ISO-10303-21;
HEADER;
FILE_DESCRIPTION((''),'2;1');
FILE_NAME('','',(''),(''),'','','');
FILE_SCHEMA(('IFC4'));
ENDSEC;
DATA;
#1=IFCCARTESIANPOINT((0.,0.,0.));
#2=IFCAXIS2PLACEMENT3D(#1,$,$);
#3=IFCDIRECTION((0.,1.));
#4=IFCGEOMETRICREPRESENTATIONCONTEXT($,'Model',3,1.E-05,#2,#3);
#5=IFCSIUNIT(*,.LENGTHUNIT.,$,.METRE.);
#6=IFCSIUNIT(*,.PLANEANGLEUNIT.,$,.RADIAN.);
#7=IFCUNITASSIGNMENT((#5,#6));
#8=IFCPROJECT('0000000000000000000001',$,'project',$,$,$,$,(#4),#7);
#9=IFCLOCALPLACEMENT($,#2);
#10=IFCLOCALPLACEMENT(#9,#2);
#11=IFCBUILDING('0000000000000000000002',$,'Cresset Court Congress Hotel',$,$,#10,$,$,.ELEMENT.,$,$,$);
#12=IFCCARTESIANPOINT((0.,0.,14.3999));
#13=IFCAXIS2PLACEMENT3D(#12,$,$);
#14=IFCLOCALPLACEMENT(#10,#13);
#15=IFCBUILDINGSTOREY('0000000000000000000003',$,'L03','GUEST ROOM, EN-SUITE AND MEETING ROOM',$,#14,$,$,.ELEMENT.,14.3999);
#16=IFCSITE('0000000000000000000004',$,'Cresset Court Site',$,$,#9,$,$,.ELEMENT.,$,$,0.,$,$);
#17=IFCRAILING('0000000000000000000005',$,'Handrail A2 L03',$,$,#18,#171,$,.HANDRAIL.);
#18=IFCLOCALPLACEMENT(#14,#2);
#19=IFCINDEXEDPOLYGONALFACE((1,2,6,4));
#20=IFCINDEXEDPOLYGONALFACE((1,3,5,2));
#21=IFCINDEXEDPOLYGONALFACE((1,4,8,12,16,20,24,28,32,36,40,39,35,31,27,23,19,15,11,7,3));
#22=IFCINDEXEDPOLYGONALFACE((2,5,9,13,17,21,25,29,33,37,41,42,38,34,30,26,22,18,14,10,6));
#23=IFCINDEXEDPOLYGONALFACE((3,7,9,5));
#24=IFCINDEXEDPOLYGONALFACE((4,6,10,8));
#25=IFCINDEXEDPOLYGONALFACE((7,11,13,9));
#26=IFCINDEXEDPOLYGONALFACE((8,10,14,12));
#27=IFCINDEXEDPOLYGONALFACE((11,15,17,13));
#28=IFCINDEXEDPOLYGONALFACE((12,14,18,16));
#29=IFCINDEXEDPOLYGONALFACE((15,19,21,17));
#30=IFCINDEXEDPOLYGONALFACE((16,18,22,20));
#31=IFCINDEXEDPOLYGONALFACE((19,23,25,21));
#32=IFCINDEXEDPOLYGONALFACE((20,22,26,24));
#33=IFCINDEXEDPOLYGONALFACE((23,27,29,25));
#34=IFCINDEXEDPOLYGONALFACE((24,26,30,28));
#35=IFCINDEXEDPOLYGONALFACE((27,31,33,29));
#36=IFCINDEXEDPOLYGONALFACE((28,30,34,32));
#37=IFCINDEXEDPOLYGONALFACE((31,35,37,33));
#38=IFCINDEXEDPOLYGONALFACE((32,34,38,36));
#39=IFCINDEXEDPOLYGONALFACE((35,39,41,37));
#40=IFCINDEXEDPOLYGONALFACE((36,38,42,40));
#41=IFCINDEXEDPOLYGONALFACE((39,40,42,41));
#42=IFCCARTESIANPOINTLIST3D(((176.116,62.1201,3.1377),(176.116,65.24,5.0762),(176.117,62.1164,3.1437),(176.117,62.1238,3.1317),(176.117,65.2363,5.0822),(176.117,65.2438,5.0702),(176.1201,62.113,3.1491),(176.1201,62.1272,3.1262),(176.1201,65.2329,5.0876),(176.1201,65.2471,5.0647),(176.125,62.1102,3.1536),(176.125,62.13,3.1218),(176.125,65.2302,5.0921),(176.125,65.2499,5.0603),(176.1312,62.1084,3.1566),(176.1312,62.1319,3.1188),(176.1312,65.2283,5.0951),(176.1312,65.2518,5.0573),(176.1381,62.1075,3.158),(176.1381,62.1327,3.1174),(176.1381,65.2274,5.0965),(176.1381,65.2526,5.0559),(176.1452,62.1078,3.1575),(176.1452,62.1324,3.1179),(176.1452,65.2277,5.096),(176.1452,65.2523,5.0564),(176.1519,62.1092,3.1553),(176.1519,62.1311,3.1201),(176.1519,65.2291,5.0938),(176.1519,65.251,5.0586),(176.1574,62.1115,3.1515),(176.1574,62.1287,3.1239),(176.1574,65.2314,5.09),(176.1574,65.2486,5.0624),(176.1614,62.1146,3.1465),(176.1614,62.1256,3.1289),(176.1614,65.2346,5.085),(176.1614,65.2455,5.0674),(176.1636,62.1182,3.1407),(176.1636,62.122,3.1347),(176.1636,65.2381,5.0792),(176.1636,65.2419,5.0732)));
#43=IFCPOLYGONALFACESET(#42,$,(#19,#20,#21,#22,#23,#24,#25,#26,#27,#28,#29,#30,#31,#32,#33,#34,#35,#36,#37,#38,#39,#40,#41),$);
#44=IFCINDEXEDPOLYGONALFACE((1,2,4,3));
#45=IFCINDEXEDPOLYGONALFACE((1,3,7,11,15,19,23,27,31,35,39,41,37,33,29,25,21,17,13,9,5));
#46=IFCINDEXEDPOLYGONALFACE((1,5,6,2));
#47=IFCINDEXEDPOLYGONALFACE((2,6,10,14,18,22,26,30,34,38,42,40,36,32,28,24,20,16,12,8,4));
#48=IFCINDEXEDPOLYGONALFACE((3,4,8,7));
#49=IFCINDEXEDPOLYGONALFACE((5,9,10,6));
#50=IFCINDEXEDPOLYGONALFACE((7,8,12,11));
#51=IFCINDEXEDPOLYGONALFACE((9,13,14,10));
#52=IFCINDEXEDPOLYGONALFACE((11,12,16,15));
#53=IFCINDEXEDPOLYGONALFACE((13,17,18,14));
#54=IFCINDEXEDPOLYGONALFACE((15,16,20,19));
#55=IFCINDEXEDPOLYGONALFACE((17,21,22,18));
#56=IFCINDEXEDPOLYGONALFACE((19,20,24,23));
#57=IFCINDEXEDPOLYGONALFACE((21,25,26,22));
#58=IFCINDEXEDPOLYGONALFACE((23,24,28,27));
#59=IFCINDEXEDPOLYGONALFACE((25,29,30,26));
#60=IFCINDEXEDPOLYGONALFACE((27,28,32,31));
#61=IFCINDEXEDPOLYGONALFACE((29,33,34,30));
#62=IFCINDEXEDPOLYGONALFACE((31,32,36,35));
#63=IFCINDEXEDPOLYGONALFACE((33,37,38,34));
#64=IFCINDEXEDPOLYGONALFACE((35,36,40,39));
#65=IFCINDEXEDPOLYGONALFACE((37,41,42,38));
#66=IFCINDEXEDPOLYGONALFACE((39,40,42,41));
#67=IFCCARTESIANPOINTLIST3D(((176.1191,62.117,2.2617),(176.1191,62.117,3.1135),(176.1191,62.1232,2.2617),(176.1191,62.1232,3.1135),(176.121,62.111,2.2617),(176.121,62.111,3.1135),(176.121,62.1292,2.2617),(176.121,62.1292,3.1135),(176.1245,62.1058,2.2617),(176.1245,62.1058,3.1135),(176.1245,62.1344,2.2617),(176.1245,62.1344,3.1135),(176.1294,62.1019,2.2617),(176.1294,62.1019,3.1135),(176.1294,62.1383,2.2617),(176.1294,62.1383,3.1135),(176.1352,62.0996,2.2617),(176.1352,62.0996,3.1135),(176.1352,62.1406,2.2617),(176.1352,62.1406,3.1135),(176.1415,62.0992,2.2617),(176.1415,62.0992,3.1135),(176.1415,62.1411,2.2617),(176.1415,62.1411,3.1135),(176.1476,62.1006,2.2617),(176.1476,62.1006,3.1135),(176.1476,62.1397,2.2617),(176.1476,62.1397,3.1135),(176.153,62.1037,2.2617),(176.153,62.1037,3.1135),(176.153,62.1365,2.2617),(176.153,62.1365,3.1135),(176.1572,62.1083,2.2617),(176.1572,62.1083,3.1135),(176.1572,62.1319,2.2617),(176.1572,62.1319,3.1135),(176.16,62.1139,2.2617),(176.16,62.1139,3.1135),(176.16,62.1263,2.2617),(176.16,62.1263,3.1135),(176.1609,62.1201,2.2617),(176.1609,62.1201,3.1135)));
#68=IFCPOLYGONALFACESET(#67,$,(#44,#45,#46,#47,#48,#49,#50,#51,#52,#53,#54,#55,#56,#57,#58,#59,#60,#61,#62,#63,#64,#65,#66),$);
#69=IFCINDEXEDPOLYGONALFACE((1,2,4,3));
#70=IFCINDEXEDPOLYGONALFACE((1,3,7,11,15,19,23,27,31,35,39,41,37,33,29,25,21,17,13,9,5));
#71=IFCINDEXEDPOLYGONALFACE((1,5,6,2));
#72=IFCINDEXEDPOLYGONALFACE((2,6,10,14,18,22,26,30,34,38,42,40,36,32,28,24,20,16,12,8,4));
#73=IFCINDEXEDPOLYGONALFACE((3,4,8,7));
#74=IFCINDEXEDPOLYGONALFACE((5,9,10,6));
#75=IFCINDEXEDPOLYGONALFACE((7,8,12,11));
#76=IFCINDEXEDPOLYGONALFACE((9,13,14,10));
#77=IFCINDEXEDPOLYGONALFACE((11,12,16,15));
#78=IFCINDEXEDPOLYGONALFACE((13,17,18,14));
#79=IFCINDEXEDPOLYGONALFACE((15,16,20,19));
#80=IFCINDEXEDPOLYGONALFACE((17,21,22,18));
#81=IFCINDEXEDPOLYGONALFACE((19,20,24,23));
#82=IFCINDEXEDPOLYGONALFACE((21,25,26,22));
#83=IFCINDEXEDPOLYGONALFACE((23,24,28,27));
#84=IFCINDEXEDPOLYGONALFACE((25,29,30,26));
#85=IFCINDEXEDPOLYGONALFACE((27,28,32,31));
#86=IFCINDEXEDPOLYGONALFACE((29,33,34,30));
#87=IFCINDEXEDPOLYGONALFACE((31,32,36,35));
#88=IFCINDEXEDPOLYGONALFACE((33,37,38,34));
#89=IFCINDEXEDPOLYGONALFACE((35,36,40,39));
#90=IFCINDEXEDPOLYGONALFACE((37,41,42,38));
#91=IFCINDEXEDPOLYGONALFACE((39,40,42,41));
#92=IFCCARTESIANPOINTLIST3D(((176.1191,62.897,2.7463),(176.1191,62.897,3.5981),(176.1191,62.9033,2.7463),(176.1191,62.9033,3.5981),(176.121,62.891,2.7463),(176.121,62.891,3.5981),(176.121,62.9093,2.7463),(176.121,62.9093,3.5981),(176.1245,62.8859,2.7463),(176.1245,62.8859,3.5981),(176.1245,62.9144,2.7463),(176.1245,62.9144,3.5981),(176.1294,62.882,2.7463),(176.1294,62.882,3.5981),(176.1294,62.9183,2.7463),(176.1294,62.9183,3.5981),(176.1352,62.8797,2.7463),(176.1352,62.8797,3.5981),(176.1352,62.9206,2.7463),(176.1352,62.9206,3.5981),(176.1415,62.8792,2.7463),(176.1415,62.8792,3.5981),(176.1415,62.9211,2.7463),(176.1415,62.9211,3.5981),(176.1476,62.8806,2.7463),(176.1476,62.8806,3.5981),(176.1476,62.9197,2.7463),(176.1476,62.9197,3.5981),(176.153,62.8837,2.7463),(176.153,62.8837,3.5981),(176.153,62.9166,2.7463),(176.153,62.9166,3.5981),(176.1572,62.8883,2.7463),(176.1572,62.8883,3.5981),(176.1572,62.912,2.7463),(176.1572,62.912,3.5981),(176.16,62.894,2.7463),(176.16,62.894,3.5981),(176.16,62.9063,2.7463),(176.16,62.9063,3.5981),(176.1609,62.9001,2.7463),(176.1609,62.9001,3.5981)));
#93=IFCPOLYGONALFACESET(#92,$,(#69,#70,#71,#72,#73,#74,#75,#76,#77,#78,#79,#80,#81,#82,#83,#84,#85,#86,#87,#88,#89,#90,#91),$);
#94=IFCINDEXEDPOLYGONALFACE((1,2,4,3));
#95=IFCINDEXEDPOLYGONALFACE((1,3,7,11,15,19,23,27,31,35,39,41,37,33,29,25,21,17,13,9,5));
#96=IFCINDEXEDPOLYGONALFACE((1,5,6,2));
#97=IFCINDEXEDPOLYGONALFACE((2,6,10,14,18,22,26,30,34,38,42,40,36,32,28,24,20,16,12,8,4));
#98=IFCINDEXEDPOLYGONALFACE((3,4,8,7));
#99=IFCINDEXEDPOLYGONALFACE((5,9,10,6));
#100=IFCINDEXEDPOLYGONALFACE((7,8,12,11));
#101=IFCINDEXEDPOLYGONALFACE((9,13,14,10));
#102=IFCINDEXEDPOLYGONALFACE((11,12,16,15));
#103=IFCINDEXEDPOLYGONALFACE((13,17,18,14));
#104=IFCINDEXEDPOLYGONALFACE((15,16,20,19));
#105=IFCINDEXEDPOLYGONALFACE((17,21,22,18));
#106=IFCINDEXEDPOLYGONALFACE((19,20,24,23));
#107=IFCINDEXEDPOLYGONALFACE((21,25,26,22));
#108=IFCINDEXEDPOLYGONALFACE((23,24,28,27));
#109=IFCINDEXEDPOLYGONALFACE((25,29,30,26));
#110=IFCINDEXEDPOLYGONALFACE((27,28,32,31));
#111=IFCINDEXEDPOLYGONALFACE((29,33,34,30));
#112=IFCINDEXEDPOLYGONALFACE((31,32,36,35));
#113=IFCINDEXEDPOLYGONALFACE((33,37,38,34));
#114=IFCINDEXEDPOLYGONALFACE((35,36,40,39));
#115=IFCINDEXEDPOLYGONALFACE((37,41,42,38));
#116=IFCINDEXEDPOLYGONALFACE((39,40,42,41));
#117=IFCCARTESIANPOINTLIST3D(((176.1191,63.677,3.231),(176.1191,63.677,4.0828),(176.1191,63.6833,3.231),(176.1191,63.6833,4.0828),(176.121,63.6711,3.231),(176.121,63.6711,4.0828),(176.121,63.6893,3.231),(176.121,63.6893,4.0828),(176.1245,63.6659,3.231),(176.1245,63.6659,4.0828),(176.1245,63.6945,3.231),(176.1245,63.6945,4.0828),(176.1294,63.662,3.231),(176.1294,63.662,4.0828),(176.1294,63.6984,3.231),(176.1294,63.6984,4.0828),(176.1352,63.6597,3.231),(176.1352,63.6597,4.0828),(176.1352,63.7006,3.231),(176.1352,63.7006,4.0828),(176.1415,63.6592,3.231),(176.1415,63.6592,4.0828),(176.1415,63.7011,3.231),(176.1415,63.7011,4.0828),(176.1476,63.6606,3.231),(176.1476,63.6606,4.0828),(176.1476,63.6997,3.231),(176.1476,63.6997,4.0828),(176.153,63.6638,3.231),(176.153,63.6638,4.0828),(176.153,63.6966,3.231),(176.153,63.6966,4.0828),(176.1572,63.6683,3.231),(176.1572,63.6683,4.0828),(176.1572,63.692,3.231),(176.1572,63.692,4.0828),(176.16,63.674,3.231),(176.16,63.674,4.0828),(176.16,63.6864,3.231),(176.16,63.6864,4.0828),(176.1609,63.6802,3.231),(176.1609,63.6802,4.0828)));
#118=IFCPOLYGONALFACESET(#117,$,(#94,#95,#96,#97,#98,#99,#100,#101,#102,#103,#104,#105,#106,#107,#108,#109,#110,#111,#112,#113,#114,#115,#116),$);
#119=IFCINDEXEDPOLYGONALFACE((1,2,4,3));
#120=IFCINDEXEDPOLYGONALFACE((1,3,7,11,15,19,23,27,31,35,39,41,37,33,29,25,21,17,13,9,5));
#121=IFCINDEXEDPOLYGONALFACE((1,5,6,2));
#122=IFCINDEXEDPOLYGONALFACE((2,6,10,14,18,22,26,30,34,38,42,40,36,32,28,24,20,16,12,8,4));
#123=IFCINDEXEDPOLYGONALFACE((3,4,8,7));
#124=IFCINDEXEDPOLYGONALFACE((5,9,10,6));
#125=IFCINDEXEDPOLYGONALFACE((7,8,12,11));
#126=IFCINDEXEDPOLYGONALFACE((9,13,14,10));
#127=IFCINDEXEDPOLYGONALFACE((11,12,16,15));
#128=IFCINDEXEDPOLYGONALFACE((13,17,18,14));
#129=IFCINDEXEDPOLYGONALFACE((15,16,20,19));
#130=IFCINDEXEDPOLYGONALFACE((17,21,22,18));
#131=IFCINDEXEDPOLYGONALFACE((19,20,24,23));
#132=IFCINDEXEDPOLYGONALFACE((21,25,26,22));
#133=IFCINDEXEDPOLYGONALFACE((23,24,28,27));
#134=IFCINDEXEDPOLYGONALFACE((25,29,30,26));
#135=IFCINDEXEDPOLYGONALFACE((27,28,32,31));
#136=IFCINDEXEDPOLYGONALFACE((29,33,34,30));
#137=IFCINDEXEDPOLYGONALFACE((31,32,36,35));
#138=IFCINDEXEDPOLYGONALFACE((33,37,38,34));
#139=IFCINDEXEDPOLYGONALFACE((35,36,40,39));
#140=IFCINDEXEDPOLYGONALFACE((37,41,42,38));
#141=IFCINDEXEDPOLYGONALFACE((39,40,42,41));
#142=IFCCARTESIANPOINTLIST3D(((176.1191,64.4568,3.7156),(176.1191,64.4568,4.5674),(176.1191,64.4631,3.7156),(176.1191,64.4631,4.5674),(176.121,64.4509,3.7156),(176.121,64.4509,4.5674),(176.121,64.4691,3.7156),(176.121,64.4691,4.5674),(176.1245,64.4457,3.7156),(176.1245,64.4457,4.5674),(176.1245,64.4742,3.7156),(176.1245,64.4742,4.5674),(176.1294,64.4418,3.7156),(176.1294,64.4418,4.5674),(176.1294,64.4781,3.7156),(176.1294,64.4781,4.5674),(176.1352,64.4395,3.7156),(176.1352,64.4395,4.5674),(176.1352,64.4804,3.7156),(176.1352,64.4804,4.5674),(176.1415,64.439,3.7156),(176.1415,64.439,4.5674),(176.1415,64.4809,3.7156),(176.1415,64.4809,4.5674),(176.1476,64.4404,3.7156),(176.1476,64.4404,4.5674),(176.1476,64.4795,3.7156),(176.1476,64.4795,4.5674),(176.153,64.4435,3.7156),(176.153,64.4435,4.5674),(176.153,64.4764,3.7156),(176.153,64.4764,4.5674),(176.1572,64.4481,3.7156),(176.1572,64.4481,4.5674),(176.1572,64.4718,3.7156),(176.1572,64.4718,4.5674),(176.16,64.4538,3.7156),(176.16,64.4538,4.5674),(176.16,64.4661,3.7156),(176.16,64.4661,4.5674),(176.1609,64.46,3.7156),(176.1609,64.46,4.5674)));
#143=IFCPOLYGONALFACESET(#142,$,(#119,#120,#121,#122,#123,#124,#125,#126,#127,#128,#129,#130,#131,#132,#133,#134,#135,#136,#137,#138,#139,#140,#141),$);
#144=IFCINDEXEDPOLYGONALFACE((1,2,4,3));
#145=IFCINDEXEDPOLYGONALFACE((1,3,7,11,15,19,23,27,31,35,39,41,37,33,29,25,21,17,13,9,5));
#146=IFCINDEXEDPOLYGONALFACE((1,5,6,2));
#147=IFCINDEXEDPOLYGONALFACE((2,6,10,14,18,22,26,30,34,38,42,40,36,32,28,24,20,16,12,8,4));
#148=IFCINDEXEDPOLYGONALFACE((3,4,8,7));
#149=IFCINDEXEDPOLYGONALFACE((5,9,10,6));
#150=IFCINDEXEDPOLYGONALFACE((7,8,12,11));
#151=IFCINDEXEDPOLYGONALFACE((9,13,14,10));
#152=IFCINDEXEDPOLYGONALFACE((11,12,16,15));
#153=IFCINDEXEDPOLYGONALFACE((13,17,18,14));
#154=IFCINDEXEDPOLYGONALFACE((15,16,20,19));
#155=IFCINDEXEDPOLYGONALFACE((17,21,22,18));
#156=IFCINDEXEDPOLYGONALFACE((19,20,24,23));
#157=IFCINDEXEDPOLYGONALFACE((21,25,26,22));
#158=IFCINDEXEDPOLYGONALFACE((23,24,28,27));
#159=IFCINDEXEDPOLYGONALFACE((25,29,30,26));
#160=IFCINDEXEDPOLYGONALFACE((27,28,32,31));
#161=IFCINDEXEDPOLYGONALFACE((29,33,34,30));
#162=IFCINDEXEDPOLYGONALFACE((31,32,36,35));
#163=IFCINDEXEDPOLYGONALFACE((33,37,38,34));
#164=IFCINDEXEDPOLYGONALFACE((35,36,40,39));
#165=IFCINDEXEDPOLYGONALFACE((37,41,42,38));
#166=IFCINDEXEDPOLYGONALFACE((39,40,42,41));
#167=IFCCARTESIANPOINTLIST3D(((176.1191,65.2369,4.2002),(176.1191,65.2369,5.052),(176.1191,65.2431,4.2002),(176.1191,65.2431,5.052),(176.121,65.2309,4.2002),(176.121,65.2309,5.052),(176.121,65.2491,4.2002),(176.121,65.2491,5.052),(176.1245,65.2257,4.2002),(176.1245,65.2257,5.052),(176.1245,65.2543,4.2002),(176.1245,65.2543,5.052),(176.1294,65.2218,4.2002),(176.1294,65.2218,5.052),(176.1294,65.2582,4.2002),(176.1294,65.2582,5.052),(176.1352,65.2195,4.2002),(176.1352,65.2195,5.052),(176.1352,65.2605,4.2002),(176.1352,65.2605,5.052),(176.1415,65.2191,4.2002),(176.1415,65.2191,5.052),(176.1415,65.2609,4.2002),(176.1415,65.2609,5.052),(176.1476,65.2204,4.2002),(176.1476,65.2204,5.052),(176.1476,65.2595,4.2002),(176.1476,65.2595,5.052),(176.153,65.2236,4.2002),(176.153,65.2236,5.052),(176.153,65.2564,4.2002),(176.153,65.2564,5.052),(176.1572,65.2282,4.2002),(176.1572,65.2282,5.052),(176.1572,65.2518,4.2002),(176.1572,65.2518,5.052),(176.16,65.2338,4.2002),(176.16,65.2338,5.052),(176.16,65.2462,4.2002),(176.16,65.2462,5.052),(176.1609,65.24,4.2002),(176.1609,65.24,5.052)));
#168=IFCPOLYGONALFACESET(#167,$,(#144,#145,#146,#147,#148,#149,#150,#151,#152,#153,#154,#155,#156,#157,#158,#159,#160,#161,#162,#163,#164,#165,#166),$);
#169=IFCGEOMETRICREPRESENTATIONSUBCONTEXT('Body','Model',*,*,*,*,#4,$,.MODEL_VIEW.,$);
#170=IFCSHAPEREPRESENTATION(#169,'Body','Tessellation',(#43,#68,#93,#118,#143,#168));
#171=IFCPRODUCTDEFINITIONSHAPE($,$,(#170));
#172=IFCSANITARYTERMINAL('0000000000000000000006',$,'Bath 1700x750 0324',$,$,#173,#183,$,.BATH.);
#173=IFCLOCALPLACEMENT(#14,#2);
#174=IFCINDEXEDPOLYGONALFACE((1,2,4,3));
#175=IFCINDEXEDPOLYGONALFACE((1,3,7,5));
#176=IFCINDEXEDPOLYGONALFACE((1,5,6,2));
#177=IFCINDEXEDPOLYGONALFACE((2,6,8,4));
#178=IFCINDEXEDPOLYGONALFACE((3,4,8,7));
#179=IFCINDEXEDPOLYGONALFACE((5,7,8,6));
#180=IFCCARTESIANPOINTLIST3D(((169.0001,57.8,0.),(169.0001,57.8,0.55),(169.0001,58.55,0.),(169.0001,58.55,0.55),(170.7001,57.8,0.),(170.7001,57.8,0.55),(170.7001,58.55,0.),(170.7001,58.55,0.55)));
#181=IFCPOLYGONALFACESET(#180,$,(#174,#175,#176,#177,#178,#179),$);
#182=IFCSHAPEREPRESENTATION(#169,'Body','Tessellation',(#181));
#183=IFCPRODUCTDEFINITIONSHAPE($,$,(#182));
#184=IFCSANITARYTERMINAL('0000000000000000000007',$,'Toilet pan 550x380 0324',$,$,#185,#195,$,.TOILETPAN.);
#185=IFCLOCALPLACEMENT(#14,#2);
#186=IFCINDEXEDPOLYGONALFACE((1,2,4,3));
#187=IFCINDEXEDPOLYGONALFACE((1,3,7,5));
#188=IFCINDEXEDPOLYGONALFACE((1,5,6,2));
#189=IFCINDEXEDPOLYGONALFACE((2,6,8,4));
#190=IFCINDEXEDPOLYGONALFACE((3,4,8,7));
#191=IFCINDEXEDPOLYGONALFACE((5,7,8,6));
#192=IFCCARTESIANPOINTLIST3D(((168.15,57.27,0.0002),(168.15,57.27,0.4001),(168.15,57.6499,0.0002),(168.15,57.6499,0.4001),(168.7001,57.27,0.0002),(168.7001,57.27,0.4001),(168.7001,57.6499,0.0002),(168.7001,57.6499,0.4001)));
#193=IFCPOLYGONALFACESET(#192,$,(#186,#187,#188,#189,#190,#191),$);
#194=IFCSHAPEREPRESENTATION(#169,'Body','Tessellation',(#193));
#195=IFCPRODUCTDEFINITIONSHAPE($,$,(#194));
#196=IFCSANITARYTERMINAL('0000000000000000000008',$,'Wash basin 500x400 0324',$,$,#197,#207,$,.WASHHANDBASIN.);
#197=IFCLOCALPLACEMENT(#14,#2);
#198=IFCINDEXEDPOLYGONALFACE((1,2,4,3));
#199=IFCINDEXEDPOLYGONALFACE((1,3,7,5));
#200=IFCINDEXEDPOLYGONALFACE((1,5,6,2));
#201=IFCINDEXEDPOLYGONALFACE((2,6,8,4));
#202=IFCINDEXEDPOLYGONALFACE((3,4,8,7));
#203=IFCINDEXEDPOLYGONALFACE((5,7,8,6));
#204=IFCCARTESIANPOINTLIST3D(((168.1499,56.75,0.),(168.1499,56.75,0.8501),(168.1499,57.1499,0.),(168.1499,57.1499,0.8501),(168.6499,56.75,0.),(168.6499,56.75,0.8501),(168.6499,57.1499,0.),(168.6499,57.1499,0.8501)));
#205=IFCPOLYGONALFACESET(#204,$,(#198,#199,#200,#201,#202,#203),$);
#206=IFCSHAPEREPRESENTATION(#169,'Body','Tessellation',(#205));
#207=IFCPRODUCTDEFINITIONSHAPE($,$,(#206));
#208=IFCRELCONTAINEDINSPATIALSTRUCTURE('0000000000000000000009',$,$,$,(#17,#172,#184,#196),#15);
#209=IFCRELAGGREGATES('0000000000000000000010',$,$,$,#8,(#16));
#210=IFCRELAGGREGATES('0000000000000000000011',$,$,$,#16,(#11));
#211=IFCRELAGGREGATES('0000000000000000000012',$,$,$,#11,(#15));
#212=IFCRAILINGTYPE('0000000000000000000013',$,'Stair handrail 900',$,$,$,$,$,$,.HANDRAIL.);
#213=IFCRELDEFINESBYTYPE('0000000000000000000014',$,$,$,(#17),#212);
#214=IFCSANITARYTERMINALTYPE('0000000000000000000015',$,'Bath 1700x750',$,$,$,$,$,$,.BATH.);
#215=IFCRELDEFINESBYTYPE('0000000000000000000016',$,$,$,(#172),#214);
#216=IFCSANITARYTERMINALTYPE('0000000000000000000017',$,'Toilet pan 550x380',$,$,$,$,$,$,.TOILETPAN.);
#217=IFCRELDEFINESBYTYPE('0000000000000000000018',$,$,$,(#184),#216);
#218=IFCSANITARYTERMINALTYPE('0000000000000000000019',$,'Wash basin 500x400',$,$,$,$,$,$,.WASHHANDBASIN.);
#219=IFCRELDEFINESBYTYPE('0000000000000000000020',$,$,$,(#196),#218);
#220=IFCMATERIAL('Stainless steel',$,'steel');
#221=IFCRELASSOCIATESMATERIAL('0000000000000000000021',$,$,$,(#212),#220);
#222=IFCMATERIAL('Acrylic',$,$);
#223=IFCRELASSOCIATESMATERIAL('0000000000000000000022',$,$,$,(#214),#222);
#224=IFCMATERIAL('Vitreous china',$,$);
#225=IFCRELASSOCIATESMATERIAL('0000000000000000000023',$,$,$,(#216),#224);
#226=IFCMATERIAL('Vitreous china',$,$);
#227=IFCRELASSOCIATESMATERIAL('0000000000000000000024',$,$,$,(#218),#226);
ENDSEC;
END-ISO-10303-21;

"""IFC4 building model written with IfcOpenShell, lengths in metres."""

from ifc_helpers import new_model, si_unit, direction, frame, origin, origin_2d, place, context, subcontext, project, spatial, rectangle, circle, extrude, material, type_object, element, save


model = new_model("IFC4")

# Units and contexts
model_context = context("Model", 3, precision=1e-05, world=origin(), true_north=direction((0.0, 1.0)))
body_context = subcontext(model_context, "Body", "Model", "MODEL_VIEW")
ifc_project = project(units=[si_unit("LENGTHUNIT", "METRE"), si_unit("PLANEANGLEUNIT", "RADIAN")], contexts=[model_context])

# Site, building, storey
site_placement = place(None, origin())
site = spatial("IfcSite", under=ifc_project, at=site_placement, Name="Cresset Court Site", CompositionType="ELEMENT", RefElevation=0.0)
building_placement = place(site_placement, origin())
building = spatial("IfcBuilding", under=site, at=building_placement, Name="Cresset Court Congress Hotel", CompositionType="ELEMENT")
storey_placement = place(building_placement, frame((0.0, 0.0, 14.3999)))
storey = spatial("IfcBuildingStorey", under=building, at=storey_placement, Name="L03", Description="GUEST ROOM, EN-SUITE AND MEETING ROOM", CompositionType="ELEMENT", Elevation=14.3999)

# Railing
ifc_material_1 = material(Name="Stainless steel", Category="steel")
railing_type_1 = type_object("IfcRailingType", Name="Stair handrail 900", PredefinedType="HANDRAIL", material=ifc_material_1)
for number, where, name in (
    (1, (176.1399, 62.1201, 2.2617), "Handrail A2 L03"),
):
    element("IfcRailing", number, at=place(storey_placement, frame(where)), inside=storey, type_object=railing_type_1, Name=name, PredefinedType="HANDRAIL", context=body_context, shape_type="SweptSolid", body=[
        extrude(circle(Radius=0.0239, at=origin_2d()), frame((0.0, 0.0, 0.876), z_axis=(0.0, 0.849396, 0.527757), x_axis=(-1.0, 0.0, 0.0)), (0.0, 0.0, 1.0), 3.6731),
        extrude(circle(Radius=0.021, at=origin_2d()), origin(), (0.0, 0.0, 1.0), 0.8518),
        extrude(circle(Radius=0.021, at=origin_2d()), frame((0.0, 0.78, 0.4846)), (0.0, 0.0, 1.0), 0.8518),
        extrude(circle(Radius=0.021, at=origin_2d()), frame((0.0, 1.5601, 0.9692)), (0.0, 0.0, 1.0), 0.8518),
        extrude(circle(Radius=0.021, at=origin_2d()), frame((0.0, 2.3398, 1.4539)), (0.0, 0.0, 1.0), 0.8518),
        extrude(circle(Radius=0.021, at=origin_2d()), frame((0.0, 3.1199, 1.9385)), (0.0, 0.0, 1.0), 0.8518),
    ])

# Sanitary terminals
ifc_material_2 = material(Name="Acrylic")
sanitary_terminal_type_1 = type_object("IfcSanitaryTerminalType", Name="Bath 1700x750", PredefinedType="BATH", material=ifc_material_2)
sanitary_terminal_1_placement = place(storey_placement, frame((169.8501, 58.175, 0.0), z_axis=(0.0, 0.0, 1.0), x_axis=(1.0, 0.0, 0.0)))
element("IfcSanitaryTerminal", 2, at=sanitary_terminal_1_placement, inside=storey, type_object=sanitary_terminal_type_1, Name="Bath 1700x750 0324", PredefinedType="BATH", context=body_context, shape_type="SweptSolid", body=[
    extrude(rectangle(XDim=1.7, YDim=0.75, at=origin_2d()), origin(), (0.0, 0.0, 1.0), 0.55),
])
ifc_material_3 = material(Name="Vitreous china")
sanitary_terminal_type_2 = type_object("IfcSanitaryTerminalType", Name="Toilet pan 550x380", PredefinedType="TOILETPAN", material=ifc_material_3)
sanitary_terminal_2_placement = place(storey_placement, frame((168.425, 57.46, 0.0002), z_axis=(0.0, 0.0, 1.0), x_axis=(1.0, 0.0, 0.0)))
element("IfcSanitaryTerminal", 3, at=sanitary_terminal_2_placement, inside=storey, type_object=sanitary_terminal_type_2, Name="Toilet pan 550x380 0324", PredefinedType="TOILETPAN", context=body_context, shape_type="SweptSolid", body=[
    extrude(rectangle(XDim=0.55, YDim=0.3799, at=origin_2d()), origin(), (0.0, 0.0, 1.0), 0.3999),
])
ifc_material_4 = material(Name="Vitreous china")
sanitary_terminal_type_3 = type_object("IfcSanitaryTerminalType", Name="Wash basin 500x400", PredefinedType="WASHHANDBASIN", material=ifc_material_4)
sanitary_terminal_3_placement = place(storey_placement, frame((168.3999, 56.95, 0.0), z_axis=(0.0, 0.0, 1.0), x_axis=(1.0, 0.0, 0.0)))
element("IfcSanitaryTerminal", 4, at=sanitary_terminal_3_placement, inside=storey, type_object=sanitary_terminal_type_3, Name="Wash basin 500x400 0324", PredefinedType="WASHHANDBASIN", context=body_context, shape_type="SweptSolid", body=[
    extrude(rectangle(XDim=0.5, YDim=0.3999, at=origin_2d()), origin(), (0.0, 0.0, 1.0), 0.8501),
])

save(model, "model.ifc")
